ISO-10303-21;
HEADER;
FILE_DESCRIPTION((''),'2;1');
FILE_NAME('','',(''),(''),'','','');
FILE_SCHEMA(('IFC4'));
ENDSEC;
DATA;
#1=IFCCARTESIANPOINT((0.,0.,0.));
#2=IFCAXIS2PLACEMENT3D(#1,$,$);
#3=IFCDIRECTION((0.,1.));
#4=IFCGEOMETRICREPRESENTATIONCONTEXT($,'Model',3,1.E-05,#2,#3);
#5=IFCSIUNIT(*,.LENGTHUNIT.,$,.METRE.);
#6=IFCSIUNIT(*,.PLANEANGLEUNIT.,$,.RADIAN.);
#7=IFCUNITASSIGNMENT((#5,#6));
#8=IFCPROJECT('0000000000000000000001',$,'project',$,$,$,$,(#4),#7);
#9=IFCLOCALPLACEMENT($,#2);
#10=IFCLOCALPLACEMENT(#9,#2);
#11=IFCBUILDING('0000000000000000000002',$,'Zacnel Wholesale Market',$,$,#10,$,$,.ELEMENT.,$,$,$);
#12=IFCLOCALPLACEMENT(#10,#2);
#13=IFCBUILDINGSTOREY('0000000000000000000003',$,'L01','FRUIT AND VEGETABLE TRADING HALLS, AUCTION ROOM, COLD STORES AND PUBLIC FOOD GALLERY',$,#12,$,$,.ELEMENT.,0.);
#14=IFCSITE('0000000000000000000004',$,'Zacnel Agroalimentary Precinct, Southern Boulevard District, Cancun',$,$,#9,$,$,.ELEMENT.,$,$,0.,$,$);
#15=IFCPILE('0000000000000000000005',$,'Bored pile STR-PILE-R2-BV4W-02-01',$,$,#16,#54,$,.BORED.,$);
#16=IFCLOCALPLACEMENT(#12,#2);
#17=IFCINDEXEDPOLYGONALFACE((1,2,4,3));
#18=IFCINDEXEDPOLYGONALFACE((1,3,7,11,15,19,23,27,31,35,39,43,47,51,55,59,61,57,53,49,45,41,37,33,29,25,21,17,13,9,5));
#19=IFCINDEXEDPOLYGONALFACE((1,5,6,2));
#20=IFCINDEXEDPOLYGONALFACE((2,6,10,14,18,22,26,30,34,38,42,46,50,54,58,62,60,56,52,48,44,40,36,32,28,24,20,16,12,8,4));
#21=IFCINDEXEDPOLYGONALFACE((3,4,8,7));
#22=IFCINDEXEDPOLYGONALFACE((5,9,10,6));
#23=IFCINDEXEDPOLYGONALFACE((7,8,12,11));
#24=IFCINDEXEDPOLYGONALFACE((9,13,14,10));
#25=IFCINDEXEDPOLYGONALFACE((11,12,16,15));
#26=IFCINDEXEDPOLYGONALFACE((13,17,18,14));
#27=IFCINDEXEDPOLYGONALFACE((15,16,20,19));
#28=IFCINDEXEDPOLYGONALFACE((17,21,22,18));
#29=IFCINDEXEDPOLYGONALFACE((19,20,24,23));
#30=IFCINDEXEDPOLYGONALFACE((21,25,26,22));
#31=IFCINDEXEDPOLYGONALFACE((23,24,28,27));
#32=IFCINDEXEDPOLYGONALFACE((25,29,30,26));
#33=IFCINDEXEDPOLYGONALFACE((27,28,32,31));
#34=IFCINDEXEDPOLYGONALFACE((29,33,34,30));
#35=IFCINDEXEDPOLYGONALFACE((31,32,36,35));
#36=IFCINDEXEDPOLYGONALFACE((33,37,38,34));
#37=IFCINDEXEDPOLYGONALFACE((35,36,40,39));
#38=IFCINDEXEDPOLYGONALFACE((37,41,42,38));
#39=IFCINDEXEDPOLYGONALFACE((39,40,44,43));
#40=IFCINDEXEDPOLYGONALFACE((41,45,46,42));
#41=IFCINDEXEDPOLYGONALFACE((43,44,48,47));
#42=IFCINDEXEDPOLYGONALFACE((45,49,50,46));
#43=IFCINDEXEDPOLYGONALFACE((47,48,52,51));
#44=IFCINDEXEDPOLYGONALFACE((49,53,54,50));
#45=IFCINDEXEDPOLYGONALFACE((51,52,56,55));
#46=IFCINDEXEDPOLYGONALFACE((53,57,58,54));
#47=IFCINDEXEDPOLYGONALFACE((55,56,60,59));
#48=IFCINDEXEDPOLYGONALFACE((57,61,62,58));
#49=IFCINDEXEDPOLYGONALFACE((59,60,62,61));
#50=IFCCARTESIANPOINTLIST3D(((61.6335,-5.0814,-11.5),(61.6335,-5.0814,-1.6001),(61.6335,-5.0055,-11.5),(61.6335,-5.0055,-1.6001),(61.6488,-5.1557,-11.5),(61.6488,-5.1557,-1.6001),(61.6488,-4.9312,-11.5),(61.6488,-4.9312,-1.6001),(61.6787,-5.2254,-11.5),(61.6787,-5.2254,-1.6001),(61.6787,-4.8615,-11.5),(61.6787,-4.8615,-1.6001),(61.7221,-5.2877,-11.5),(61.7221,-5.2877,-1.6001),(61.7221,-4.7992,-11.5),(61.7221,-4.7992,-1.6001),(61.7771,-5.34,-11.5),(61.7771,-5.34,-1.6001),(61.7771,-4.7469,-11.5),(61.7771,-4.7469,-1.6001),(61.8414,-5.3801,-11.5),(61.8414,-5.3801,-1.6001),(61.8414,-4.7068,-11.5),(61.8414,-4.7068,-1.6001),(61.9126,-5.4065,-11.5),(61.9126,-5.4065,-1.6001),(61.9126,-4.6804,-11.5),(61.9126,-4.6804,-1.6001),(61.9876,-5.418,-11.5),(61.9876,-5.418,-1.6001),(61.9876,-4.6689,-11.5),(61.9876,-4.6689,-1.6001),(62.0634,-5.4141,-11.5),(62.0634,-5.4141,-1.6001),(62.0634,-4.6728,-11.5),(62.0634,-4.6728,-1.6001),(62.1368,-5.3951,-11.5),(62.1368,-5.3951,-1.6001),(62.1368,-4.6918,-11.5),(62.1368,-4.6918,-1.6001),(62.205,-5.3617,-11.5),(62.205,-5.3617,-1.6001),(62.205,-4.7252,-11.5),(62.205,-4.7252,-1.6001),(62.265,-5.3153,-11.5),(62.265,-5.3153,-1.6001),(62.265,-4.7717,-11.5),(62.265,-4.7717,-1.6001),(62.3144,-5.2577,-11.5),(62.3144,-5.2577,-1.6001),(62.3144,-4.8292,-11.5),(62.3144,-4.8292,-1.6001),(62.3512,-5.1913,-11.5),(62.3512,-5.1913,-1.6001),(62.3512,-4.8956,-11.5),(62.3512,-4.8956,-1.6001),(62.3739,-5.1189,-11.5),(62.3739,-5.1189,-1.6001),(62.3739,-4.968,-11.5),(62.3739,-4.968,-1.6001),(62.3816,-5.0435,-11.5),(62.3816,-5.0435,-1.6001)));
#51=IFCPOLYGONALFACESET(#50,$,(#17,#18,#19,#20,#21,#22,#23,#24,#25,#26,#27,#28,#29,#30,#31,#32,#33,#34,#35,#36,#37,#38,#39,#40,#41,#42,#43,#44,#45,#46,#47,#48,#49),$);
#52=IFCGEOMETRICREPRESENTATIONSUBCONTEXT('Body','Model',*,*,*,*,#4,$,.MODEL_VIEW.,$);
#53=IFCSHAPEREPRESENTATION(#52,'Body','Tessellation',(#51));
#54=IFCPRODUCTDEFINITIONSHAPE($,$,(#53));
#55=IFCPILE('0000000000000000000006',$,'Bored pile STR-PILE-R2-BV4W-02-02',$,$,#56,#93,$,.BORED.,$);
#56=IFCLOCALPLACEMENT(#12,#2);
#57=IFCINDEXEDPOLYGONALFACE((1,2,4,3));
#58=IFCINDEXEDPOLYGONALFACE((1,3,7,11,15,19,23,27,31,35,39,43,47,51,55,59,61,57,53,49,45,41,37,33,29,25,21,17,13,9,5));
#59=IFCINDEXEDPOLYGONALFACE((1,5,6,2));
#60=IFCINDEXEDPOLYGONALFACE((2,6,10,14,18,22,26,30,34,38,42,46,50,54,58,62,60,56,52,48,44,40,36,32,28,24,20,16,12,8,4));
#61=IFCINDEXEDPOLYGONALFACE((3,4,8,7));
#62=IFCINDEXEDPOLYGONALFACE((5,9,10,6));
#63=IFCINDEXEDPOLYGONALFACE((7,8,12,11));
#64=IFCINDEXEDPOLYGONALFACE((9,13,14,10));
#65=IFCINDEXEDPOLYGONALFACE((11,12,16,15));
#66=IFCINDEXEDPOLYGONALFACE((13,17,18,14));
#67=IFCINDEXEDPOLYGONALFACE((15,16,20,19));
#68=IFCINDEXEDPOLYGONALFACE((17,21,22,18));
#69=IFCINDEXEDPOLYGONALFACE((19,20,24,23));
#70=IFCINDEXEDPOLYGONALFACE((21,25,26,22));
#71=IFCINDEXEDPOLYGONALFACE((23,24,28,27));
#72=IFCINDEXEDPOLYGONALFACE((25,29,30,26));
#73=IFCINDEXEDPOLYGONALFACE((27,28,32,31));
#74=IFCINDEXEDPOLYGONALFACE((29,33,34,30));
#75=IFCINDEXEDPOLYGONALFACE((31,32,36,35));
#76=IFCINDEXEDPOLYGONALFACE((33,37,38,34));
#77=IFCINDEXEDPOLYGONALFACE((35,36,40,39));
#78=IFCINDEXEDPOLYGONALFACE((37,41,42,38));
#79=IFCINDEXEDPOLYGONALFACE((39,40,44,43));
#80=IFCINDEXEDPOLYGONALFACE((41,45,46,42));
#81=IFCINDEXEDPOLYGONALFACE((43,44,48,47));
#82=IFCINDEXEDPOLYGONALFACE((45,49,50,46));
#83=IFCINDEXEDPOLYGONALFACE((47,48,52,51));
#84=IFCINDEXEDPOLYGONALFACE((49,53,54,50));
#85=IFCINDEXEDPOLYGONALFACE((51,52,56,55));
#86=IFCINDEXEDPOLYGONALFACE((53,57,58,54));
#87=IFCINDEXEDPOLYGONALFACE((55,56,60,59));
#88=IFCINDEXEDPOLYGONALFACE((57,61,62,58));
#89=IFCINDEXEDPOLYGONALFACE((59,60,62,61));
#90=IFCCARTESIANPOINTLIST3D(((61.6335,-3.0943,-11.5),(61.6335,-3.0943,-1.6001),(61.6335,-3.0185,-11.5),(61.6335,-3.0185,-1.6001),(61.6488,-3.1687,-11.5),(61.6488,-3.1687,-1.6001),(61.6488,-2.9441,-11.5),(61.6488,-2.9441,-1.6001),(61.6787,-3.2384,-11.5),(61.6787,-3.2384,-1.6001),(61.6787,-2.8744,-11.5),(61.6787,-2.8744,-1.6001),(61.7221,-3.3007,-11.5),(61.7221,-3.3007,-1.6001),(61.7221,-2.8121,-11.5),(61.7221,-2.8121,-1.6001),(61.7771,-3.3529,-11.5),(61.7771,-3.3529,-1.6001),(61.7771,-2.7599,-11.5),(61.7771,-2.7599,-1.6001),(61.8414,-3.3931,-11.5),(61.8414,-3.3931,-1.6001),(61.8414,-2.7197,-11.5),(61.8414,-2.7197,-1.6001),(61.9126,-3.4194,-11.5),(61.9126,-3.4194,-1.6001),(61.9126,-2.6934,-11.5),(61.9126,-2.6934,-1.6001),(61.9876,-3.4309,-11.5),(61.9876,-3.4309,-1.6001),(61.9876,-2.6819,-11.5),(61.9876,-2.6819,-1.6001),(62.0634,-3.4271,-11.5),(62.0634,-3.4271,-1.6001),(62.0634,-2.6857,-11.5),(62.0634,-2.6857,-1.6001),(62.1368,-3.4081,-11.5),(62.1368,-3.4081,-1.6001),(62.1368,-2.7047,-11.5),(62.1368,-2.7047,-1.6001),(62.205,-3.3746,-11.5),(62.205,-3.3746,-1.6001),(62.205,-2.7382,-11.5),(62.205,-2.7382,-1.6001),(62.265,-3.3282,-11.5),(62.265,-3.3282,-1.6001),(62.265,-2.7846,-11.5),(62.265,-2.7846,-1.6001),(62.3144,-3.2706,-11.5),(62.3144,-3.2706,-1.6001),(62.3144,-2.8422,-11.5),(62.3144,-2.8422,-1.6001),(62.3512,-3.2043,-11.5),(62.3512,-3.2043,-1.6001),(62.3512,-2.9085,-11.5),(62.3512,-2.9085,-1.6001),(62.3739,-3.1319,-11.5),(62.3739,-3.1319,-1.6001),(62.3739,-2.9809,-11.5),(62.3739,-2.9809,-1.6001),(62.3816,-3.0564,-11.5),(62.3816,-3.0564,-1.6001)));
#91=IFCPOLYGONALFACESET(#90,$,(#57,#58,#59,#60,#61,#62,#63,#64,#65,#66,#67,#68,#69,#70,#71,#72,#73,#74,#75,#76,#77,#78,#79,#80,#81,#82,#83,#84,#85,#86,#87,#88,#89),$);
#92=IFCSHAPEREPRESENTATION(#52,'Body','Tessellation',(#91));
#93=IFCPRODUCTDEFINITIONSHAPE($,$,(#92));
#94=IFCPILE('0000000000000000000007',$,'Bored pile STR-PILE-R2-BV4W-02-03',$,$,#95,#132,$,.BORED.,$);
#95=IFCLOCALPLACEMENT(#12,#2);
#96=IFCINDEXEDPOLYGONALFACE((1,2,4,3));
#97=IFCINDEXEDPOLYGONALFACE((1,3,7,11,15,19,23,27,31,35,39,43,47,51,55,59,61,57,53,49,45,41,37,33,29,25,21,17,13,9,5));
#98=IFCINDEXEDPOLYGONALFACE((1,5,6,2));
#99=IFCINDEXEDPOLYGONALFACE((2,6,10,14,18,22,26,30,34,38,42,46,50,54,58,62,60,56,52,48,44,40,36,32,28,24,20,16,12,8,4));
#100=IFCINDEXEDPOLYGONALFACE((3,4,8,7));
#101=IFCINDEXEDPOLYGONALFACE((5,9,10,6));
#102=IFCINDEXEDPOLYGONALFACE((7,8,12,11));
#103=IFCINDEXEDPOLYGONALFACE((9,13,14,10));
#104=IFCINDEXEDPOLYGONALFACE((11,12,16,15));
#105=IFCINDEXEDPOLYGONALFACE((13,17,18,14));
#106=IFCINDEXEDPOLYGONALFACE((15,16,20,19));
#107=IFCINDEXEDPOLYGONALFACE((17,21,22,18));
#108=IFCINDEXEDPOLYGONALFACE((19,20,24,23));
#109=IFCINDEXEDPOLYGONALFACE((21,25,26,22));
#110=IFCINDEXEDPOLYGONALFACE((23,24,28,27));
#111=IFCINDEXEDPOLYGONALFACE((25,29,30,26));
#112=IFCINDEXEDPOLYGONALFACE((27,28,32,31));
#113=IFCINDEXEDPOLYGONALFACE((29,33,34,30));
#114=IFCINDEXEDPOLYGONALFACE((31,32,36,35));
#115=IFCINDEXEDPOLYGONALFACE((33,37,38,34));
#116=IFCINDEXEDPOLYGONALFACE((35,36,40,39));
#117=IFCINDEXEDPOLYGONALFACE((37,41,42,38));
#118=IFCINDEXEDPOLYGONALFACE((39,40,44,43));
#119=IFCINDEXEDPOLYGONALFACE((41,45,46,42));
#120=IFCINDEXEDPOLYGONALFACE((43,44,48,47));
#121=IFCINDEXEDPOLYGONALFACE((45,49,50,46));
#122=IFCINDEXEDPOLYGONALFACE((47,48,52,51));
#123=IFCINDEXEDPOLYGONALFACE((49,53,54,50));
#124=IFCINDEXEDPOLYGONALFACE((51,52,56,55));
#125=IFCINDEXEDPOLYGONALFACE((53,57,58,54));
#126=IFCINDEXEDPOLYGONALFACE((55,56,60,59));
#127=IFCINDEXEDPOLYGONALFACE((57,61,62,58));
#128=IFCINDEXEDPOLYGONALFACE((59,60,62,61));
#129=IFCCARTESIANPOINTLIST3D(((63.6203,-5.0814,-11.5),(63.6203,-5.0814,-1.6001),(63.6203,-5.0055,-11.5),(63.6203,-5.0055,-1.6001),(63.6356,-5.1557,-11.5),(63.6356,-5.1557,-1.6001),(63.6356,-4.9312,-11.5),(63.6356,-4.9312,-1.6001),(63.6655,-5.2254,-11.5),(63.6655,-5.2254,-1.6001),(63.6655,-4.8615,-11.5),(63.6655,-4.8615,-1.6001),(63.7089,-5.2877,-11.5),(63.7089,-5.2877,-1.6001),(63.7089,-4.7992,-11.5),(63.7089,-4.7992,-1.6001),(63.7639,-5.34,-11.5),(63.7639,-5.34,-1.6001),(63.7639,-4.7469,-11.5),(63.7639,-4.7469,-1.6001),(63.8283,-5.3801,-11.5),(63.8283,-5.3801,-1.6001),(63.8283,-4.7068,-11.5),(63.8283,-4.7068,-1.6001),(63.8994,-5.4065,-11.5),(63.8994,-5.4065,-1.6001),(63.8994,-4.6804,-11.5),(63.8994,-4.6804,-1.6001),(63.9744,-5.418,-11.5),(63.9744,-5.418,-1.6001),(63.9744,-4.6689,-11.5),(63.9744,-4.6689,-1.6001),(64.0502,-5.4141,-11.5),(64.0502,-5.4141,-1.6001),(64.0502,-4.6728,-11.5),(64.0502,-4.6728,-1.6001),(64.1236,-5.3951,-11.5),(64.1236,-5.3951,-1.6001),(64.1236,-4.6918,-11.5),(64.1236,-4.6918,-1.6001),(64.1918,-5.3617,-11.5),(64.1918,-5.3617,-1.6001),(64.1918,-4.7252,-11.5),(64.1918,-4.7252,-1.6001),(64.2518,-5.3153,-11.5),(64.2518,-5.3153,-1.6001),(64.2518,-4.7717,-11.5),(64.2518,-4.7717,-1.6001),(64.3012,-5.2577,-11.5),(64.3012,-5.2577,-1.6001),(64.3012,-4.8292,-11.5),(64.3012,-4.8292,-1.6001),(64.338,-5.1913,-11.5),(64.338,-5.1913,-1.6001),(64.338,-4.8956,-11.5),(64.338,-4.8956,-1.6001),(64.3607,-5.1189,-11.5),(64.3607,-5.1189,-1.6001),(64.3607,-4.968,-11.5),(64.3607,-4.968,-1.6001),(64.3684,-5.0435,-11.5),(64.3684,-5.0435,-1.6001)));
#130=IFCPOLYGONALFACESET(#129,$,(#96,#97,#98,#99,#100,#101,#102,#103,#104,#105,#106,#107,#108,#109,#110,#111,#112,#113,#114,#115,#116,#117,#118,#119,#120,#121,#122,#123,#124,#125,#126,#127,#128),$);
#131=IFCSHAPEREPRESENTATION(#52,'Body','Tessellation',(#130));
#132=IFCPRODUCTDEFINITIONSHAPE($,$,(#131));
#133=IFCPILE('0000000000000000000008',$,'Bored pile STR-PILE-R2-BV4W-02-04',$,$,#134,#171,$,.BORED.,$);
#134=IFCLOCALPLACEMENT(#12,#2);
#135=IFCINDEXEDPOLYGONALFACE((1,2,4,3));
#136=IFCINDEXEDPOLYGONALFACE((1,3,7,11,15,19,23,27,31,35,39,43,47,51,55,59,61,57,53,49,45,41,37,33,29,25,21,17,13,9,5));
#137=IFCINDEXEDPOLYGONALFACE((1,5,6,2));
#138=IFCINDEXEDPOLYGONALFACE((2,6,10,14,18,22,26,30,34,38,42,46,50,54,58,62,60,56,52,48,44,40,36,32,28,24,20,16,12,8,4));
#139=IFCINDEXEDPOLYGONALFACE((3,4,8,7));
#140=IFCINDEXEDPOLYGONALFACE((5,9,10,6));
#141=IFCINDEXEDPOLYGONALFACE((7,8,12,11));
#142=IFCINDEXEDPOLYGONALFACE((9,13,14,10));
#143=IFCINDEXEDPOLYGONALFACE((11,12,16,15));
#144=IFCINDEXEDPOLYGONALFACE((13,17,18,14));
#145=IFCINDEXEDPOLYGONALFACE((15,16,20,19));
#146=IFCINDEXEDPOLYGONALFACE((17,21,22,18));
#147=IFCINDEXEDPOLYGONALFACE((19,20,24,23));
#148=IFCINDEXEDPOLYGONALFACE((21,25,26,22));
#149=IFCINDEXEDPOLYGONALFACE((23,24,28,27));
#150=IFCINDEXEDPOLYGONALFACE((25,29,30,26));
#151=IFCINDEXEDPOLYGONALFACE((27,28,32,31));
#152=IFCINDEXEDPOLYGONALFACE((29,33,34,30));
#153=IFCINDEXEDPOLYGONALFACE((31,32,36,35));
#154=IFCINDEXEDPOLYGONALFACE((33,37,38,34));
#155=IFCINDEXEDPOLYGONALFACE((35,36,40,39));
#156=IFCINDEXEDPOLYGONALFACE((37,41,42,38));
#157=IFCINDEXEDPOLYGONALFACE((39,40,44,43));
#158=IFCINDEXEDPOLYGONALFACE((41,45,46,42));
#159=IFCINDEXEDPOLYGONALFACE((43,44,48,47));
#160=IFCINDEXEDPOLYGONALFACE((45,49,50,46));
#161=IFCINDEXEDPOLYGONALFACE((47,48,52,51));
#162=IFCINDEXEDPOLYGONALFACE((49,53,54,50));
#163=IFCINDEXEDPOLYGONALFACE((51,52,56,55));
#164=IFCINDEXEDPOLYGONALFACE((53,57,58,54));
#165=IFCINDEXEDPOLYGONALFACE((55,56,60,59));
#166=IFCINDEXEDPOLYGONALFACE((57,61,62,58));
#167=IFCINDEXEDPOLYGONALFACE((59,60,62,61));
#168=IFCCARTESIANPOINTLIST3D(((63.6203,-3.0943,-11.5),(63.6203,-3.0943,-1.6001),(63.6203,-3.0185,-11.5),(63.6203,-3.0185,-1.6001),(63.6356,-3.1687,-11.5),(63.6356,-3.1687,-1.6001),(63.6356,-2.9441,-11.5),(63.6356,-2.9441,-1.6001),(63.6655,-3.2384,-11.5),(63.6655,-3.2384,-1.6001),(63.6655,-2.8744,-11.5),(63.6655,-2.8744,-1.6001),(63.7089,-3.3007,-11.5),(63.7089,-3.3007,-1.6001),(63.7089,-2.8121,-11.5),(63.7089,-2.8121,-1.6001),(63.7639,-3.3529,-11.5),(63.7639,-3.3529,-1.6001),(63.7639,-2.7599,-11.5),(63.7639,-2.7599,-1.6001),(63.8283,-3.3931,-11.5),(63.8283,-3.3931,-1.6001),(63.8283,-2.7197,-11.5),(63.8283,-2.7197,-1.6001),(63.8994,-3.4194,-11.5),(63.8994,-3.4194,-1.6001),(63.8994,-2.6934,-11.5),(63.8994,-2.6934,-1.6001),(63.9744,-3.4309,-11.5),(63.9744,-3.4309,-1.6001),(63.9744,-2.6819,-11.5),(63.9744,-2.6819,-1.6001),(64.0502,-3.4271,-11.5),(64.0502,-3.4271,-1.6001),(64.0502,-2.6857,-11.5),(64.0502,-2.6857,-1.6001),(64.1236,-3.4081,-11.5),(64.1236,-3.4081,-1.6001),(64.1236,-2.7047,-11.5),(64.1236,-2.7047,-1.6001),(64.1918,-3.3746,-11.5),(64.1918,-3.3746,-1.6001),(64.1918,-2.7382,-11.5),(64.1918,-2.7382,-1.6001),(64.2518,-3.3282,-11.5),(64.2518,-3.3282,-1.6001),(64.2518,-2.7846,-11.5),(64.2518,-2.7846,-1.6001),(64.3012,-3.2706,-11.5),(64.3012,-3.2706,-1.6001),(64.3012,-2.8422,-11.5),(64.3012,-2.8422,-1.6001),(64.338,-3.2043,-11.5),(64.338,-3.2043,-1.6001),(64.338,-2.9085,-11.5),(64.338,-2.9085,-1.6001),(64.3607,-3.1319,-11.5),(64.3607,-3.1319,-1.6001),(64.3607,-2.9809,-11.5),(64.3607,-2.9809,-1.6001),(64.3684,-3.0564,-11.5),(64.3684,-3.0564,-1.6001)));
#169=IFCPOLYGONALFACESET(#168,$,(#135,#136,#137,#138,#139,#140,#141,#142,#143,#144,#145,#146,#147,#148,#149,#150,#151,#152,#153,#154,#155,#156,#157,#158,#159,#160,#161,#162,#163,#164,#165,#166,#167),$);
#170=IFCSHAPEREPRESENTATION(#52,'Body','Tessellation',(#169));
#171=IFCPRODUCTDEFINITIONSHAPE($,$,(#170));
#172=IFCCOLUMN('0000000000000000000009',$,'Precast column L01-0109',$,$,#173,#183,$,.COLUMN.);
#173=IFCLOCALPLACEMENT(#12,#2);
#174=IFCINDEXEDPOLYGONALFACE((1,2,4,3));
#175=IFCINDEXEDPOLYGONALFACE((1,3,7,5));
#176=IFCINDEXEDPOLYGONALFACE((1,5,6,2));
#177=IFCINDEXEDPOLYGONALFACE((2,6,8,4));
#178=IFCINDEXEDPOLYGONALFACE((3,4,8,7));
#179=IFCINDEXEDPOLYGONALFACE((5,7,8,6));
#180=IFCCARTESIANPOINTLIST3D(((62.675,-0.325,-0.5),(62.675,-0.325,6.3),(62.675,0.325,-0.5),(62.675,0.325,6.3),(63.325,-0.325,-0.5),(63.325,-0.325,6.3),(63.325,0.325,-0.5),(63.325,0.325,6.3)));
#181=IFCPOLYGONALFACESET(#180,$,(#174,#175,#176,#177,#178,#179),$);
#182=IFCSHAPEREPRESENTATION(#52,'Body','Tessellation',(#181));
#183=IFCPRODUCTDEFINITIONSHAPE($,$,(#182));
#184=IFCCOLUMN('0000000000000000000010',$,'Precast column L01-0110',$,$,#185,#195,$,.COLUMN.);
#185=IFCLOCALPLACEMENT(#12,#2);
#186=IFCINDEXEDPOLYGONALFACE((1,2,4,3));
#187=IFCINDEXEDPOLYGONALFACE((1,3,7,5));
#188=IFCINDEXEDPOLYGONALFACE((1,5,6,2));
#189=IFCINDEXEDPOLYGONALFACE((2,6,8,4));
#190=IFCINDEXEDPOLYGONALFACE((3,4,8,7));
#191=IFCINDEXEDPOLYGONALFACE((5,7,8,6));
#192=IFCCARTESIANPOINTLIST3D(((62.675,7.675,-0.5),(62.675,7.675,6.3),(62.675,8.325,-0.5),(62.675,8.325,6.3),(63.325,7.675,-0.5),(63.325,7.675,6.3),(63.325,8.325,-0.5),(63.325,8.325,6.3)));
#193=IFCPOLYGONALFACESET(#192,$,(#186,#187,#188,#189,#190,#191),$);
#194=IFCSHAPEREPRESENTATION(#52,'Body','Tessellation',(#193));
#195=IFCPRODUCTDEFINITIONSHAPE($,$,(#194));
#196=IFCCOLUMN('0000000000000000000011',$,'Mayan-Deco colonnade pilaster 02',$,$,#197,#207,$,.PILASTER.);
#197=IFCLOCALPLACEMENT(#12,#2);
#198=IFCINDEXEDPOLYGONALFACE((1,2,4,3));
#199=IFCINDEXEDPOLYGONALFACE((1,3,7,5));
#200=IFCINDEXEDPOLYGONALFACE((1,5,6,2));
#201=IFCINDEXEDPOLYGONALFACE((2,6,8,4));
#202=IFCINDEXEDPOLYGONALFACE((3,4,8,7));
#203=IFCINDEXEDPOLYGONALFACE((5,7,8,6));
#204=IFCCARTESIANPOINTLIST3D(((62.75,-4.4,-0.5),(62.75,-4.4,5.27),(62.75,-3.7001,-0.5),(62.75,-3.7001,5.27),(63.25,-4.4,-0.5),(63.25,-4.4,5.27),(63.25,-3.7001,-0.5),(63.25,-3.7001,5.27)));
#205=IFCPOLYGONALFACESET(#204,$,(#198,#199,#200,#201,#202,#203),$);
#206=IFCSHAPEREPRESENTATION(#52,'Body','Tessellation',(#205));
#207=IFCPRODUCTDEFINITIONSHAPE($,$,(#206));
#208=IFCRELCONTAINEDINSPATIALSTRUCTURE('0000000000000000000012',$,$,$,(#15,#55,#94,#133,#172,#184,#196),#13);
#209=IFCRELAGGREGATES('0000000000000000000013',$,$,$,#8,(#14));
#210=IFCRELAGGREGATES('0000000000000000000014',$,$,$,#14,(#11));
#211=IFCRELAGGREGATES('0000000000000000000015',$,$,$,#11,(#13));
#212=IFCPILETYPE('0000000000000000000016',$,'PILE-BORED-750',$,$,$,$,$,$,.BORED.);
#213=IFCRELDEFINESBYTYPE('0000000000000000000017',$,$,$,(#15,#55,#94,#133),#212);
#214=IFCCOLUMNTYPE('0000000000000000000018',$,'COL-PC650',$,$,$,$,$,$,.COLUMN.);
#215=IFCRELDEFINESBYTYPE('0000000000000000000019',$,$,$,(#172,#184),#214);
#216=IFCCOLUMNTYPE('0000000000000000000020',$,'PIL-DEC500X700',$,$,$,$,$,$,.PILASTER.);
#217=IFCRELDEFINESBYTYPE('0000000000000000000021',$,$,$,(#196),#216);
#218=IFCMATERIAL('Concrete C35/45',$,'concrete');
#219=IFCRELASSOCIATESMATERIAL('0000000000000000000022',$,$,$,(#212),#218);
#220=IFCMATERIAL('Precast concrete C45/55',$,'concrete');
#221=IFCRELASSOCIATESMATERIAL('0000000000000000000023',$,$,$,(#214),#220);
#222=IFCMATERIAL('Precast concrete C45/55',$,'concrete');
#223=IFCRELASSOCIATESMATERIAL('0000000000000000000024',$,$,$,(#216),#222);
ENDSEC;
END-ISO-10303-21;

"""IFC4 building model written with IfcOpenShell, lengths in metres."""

from ifc_helpers import new_model, si_unit, direction, frame, origin, origin_2d, place, context, subcontext, project, spatial, rectangle, circle, extrude, material, material_profile, profile_set, type_object, element, save


model = new_model("IFC4")

# Units and contexts
model_context = context("Model", 3, precision=1e-05, world=origin(), true_north=direction((0.0, 1.0)))
body_context = subcontext(model_context, "Body", "Model", "MODEL_VIEW")
ifc_project = project(units=[si_unit("LENGTHUNIT", "METRE"), si_unit("PLANEANGLEUNIT", "RADIAN")], contexts=[model_context])

# Site, building, storey
site_placement = place(None, origin())
site = spatial("IfcSite", under=ifc_project, at=site_placement, Name="Zacnel Agroalimentary Precinct, Southern Boulevard District, Cancun", CompositionType="ELEMENT", RefElevation=0.0)
building_placement = place(site_placement, origin())
building = spatial("IfcBuilding", under=site, at=building_placement, Name="Zacnel Wholesale Market", CompositionType="ELEMENT")
storey_placement = place(building_placement, origin())
storey = spatial("IfcBuildingStorey", under=building, at=storey_placement, Name="L01", Description="FRUIT AND VEGETABLE TRADING HALLS, AUCTION ROOM, COLD STORES AND PUBLIC FOOD GALLERY", CompositionType="ELEMENT", Elevation=0.0)

# Piles
ifc_material_1 = material(Name="Concrete C35/45", Category="concrete")
ifc_material_profile_1 = material_profile(ifc_material_1, circle(Radius=0.375, at=origin_2d()), Name="BORED PILE D750")
ifc_profile_set_1 = profile_set([ifc_material_profile_1], Name="Concrete C35/45")
pile_type = type_object("IfcPileType", Name="PILE-BORED-750", PredefinedType="BORED", material=ifc_profile_set_1)
for number, where, z_axis, x_axis, name in (
    (1, (62.0066, -5.0435, -1.6001), (0.0, 0.0, -1.0), (1.0, 0.0, 0.0), "Bored pile STR-PILE-R2-BV4W-02-01"),
    (2, (62.0066, -3.0564, -1.6001), (0.0, 0.0, -1.0), (1.0, 0.0, 0.0), "Bored pile STR-PILE-R2-BV4W-02-02"),
    (3, (63.9934, -5.0435, -1.6001), (0.0, 0.0, -1.0), (1.0, 0.0, 0.0), "Bored pile STR-PILE-R2-BV4W-02-03"),
    (4, (63.9934, -3.0564, -1.6001), (0.0, 0.0, -1.0), (1.0, 0.0, 0.0), "Bored pile STR-PILE-R2-BV4W-02-04"),
):
    element("IfcPile", number, at=place(storey_placement, frame(where, z_axis=z_axis, x_axis=x_axis)), inside=storey, type_object=pile_type, Name=name, PredefinedType="BORED", context=body_context, shape_type="SweptSolid", body=[
        extrude(circle(Radius=0.375, at=origin_2d()), origin(), (0.0, 0.0, 1.0), 9.8999),
    ])

# Columns
ifc_material_2 = material(Name="Precast concrete C45/55", Category="concrete")
ifc_material_profile_2 = material_profile(ifc_material_2, rectangle(XDim=0.6499, YDim=0.6499, at=origin_2d()), Name="PC 650x650")
ifc_profile_set_2 = profile_set([ifc_material_profile_2], Name="Precast concrete C45/55")
column_type_1 = type_object("IfcColumnType", Name="COL-PC650", PredefinedType="COLUMN", material=ifc_profile_set_2)
for number, where, z_axis, x_axis, name in (
    (5, (63.0, 0.0, -0.5), (0.0, 0.0, 1.0), (1.0, 0.0, 0.0), "Precast column L01-0109"),
    (6, (63.0, 8.0, -0.5), (0.0, 0.0, 1.0), (1.0, 0.0, 0.0), "Precast column L01-0110"),
):
    element("IfcColumn", number, at=place(storey_placement, frame(where, z_axis=z_axis, x_axis=x_axis)), inside=storey, type_object=column_type_1, Name=name, PredefinedType="COLUMN", context=body_context, shape_type="SweptSolid", body=[
        extrude(rectangle(XDim=0.6499, YDim=0.6499, at=origin_2d()), origin(), (0.0, 0.0, 1.0), 6.8),
    ])
ifc_material_3 = material(Name="Precast concrete C45/55", Category="concrete")
ifc_material_profile_3 = material_profile(ifc_material_3, rectangle(XDim=0.5, YDim=0.7, at=origin_2d()), Name="PIL 500x700")
ifc_profile_set_3 = profile_set([ifc_material_profile_3], Name="Precast concrete C45/55")
column_type_2 = type_object("IfcColumnType", Name="PIL-DEC500X700", PredefinedType="PILASTER", material=ifc_profile_set_3)
column_placement = place(storey_placement, frame((63.0, -4.05, -0.5), z_axis=(0.0, 0.0, 1.0), x_axis=(1.0, 0.0, 0.0)))
element("IfcColumn", 7, at=column_placement, inside=storey, type_object=column_type_2, Name="Mayan-Deco colonnade pilaster 02", PredefinedType="PILASTER", context=body_context, shape_type="SweptSolid", body=[
    extrude(rectangle(XDim=0.5, YDim=0.7, at=origin_2d()), origin(), (0.0, 0.0, 1.0), 5.77),
])

save(model, "model.ifc")
